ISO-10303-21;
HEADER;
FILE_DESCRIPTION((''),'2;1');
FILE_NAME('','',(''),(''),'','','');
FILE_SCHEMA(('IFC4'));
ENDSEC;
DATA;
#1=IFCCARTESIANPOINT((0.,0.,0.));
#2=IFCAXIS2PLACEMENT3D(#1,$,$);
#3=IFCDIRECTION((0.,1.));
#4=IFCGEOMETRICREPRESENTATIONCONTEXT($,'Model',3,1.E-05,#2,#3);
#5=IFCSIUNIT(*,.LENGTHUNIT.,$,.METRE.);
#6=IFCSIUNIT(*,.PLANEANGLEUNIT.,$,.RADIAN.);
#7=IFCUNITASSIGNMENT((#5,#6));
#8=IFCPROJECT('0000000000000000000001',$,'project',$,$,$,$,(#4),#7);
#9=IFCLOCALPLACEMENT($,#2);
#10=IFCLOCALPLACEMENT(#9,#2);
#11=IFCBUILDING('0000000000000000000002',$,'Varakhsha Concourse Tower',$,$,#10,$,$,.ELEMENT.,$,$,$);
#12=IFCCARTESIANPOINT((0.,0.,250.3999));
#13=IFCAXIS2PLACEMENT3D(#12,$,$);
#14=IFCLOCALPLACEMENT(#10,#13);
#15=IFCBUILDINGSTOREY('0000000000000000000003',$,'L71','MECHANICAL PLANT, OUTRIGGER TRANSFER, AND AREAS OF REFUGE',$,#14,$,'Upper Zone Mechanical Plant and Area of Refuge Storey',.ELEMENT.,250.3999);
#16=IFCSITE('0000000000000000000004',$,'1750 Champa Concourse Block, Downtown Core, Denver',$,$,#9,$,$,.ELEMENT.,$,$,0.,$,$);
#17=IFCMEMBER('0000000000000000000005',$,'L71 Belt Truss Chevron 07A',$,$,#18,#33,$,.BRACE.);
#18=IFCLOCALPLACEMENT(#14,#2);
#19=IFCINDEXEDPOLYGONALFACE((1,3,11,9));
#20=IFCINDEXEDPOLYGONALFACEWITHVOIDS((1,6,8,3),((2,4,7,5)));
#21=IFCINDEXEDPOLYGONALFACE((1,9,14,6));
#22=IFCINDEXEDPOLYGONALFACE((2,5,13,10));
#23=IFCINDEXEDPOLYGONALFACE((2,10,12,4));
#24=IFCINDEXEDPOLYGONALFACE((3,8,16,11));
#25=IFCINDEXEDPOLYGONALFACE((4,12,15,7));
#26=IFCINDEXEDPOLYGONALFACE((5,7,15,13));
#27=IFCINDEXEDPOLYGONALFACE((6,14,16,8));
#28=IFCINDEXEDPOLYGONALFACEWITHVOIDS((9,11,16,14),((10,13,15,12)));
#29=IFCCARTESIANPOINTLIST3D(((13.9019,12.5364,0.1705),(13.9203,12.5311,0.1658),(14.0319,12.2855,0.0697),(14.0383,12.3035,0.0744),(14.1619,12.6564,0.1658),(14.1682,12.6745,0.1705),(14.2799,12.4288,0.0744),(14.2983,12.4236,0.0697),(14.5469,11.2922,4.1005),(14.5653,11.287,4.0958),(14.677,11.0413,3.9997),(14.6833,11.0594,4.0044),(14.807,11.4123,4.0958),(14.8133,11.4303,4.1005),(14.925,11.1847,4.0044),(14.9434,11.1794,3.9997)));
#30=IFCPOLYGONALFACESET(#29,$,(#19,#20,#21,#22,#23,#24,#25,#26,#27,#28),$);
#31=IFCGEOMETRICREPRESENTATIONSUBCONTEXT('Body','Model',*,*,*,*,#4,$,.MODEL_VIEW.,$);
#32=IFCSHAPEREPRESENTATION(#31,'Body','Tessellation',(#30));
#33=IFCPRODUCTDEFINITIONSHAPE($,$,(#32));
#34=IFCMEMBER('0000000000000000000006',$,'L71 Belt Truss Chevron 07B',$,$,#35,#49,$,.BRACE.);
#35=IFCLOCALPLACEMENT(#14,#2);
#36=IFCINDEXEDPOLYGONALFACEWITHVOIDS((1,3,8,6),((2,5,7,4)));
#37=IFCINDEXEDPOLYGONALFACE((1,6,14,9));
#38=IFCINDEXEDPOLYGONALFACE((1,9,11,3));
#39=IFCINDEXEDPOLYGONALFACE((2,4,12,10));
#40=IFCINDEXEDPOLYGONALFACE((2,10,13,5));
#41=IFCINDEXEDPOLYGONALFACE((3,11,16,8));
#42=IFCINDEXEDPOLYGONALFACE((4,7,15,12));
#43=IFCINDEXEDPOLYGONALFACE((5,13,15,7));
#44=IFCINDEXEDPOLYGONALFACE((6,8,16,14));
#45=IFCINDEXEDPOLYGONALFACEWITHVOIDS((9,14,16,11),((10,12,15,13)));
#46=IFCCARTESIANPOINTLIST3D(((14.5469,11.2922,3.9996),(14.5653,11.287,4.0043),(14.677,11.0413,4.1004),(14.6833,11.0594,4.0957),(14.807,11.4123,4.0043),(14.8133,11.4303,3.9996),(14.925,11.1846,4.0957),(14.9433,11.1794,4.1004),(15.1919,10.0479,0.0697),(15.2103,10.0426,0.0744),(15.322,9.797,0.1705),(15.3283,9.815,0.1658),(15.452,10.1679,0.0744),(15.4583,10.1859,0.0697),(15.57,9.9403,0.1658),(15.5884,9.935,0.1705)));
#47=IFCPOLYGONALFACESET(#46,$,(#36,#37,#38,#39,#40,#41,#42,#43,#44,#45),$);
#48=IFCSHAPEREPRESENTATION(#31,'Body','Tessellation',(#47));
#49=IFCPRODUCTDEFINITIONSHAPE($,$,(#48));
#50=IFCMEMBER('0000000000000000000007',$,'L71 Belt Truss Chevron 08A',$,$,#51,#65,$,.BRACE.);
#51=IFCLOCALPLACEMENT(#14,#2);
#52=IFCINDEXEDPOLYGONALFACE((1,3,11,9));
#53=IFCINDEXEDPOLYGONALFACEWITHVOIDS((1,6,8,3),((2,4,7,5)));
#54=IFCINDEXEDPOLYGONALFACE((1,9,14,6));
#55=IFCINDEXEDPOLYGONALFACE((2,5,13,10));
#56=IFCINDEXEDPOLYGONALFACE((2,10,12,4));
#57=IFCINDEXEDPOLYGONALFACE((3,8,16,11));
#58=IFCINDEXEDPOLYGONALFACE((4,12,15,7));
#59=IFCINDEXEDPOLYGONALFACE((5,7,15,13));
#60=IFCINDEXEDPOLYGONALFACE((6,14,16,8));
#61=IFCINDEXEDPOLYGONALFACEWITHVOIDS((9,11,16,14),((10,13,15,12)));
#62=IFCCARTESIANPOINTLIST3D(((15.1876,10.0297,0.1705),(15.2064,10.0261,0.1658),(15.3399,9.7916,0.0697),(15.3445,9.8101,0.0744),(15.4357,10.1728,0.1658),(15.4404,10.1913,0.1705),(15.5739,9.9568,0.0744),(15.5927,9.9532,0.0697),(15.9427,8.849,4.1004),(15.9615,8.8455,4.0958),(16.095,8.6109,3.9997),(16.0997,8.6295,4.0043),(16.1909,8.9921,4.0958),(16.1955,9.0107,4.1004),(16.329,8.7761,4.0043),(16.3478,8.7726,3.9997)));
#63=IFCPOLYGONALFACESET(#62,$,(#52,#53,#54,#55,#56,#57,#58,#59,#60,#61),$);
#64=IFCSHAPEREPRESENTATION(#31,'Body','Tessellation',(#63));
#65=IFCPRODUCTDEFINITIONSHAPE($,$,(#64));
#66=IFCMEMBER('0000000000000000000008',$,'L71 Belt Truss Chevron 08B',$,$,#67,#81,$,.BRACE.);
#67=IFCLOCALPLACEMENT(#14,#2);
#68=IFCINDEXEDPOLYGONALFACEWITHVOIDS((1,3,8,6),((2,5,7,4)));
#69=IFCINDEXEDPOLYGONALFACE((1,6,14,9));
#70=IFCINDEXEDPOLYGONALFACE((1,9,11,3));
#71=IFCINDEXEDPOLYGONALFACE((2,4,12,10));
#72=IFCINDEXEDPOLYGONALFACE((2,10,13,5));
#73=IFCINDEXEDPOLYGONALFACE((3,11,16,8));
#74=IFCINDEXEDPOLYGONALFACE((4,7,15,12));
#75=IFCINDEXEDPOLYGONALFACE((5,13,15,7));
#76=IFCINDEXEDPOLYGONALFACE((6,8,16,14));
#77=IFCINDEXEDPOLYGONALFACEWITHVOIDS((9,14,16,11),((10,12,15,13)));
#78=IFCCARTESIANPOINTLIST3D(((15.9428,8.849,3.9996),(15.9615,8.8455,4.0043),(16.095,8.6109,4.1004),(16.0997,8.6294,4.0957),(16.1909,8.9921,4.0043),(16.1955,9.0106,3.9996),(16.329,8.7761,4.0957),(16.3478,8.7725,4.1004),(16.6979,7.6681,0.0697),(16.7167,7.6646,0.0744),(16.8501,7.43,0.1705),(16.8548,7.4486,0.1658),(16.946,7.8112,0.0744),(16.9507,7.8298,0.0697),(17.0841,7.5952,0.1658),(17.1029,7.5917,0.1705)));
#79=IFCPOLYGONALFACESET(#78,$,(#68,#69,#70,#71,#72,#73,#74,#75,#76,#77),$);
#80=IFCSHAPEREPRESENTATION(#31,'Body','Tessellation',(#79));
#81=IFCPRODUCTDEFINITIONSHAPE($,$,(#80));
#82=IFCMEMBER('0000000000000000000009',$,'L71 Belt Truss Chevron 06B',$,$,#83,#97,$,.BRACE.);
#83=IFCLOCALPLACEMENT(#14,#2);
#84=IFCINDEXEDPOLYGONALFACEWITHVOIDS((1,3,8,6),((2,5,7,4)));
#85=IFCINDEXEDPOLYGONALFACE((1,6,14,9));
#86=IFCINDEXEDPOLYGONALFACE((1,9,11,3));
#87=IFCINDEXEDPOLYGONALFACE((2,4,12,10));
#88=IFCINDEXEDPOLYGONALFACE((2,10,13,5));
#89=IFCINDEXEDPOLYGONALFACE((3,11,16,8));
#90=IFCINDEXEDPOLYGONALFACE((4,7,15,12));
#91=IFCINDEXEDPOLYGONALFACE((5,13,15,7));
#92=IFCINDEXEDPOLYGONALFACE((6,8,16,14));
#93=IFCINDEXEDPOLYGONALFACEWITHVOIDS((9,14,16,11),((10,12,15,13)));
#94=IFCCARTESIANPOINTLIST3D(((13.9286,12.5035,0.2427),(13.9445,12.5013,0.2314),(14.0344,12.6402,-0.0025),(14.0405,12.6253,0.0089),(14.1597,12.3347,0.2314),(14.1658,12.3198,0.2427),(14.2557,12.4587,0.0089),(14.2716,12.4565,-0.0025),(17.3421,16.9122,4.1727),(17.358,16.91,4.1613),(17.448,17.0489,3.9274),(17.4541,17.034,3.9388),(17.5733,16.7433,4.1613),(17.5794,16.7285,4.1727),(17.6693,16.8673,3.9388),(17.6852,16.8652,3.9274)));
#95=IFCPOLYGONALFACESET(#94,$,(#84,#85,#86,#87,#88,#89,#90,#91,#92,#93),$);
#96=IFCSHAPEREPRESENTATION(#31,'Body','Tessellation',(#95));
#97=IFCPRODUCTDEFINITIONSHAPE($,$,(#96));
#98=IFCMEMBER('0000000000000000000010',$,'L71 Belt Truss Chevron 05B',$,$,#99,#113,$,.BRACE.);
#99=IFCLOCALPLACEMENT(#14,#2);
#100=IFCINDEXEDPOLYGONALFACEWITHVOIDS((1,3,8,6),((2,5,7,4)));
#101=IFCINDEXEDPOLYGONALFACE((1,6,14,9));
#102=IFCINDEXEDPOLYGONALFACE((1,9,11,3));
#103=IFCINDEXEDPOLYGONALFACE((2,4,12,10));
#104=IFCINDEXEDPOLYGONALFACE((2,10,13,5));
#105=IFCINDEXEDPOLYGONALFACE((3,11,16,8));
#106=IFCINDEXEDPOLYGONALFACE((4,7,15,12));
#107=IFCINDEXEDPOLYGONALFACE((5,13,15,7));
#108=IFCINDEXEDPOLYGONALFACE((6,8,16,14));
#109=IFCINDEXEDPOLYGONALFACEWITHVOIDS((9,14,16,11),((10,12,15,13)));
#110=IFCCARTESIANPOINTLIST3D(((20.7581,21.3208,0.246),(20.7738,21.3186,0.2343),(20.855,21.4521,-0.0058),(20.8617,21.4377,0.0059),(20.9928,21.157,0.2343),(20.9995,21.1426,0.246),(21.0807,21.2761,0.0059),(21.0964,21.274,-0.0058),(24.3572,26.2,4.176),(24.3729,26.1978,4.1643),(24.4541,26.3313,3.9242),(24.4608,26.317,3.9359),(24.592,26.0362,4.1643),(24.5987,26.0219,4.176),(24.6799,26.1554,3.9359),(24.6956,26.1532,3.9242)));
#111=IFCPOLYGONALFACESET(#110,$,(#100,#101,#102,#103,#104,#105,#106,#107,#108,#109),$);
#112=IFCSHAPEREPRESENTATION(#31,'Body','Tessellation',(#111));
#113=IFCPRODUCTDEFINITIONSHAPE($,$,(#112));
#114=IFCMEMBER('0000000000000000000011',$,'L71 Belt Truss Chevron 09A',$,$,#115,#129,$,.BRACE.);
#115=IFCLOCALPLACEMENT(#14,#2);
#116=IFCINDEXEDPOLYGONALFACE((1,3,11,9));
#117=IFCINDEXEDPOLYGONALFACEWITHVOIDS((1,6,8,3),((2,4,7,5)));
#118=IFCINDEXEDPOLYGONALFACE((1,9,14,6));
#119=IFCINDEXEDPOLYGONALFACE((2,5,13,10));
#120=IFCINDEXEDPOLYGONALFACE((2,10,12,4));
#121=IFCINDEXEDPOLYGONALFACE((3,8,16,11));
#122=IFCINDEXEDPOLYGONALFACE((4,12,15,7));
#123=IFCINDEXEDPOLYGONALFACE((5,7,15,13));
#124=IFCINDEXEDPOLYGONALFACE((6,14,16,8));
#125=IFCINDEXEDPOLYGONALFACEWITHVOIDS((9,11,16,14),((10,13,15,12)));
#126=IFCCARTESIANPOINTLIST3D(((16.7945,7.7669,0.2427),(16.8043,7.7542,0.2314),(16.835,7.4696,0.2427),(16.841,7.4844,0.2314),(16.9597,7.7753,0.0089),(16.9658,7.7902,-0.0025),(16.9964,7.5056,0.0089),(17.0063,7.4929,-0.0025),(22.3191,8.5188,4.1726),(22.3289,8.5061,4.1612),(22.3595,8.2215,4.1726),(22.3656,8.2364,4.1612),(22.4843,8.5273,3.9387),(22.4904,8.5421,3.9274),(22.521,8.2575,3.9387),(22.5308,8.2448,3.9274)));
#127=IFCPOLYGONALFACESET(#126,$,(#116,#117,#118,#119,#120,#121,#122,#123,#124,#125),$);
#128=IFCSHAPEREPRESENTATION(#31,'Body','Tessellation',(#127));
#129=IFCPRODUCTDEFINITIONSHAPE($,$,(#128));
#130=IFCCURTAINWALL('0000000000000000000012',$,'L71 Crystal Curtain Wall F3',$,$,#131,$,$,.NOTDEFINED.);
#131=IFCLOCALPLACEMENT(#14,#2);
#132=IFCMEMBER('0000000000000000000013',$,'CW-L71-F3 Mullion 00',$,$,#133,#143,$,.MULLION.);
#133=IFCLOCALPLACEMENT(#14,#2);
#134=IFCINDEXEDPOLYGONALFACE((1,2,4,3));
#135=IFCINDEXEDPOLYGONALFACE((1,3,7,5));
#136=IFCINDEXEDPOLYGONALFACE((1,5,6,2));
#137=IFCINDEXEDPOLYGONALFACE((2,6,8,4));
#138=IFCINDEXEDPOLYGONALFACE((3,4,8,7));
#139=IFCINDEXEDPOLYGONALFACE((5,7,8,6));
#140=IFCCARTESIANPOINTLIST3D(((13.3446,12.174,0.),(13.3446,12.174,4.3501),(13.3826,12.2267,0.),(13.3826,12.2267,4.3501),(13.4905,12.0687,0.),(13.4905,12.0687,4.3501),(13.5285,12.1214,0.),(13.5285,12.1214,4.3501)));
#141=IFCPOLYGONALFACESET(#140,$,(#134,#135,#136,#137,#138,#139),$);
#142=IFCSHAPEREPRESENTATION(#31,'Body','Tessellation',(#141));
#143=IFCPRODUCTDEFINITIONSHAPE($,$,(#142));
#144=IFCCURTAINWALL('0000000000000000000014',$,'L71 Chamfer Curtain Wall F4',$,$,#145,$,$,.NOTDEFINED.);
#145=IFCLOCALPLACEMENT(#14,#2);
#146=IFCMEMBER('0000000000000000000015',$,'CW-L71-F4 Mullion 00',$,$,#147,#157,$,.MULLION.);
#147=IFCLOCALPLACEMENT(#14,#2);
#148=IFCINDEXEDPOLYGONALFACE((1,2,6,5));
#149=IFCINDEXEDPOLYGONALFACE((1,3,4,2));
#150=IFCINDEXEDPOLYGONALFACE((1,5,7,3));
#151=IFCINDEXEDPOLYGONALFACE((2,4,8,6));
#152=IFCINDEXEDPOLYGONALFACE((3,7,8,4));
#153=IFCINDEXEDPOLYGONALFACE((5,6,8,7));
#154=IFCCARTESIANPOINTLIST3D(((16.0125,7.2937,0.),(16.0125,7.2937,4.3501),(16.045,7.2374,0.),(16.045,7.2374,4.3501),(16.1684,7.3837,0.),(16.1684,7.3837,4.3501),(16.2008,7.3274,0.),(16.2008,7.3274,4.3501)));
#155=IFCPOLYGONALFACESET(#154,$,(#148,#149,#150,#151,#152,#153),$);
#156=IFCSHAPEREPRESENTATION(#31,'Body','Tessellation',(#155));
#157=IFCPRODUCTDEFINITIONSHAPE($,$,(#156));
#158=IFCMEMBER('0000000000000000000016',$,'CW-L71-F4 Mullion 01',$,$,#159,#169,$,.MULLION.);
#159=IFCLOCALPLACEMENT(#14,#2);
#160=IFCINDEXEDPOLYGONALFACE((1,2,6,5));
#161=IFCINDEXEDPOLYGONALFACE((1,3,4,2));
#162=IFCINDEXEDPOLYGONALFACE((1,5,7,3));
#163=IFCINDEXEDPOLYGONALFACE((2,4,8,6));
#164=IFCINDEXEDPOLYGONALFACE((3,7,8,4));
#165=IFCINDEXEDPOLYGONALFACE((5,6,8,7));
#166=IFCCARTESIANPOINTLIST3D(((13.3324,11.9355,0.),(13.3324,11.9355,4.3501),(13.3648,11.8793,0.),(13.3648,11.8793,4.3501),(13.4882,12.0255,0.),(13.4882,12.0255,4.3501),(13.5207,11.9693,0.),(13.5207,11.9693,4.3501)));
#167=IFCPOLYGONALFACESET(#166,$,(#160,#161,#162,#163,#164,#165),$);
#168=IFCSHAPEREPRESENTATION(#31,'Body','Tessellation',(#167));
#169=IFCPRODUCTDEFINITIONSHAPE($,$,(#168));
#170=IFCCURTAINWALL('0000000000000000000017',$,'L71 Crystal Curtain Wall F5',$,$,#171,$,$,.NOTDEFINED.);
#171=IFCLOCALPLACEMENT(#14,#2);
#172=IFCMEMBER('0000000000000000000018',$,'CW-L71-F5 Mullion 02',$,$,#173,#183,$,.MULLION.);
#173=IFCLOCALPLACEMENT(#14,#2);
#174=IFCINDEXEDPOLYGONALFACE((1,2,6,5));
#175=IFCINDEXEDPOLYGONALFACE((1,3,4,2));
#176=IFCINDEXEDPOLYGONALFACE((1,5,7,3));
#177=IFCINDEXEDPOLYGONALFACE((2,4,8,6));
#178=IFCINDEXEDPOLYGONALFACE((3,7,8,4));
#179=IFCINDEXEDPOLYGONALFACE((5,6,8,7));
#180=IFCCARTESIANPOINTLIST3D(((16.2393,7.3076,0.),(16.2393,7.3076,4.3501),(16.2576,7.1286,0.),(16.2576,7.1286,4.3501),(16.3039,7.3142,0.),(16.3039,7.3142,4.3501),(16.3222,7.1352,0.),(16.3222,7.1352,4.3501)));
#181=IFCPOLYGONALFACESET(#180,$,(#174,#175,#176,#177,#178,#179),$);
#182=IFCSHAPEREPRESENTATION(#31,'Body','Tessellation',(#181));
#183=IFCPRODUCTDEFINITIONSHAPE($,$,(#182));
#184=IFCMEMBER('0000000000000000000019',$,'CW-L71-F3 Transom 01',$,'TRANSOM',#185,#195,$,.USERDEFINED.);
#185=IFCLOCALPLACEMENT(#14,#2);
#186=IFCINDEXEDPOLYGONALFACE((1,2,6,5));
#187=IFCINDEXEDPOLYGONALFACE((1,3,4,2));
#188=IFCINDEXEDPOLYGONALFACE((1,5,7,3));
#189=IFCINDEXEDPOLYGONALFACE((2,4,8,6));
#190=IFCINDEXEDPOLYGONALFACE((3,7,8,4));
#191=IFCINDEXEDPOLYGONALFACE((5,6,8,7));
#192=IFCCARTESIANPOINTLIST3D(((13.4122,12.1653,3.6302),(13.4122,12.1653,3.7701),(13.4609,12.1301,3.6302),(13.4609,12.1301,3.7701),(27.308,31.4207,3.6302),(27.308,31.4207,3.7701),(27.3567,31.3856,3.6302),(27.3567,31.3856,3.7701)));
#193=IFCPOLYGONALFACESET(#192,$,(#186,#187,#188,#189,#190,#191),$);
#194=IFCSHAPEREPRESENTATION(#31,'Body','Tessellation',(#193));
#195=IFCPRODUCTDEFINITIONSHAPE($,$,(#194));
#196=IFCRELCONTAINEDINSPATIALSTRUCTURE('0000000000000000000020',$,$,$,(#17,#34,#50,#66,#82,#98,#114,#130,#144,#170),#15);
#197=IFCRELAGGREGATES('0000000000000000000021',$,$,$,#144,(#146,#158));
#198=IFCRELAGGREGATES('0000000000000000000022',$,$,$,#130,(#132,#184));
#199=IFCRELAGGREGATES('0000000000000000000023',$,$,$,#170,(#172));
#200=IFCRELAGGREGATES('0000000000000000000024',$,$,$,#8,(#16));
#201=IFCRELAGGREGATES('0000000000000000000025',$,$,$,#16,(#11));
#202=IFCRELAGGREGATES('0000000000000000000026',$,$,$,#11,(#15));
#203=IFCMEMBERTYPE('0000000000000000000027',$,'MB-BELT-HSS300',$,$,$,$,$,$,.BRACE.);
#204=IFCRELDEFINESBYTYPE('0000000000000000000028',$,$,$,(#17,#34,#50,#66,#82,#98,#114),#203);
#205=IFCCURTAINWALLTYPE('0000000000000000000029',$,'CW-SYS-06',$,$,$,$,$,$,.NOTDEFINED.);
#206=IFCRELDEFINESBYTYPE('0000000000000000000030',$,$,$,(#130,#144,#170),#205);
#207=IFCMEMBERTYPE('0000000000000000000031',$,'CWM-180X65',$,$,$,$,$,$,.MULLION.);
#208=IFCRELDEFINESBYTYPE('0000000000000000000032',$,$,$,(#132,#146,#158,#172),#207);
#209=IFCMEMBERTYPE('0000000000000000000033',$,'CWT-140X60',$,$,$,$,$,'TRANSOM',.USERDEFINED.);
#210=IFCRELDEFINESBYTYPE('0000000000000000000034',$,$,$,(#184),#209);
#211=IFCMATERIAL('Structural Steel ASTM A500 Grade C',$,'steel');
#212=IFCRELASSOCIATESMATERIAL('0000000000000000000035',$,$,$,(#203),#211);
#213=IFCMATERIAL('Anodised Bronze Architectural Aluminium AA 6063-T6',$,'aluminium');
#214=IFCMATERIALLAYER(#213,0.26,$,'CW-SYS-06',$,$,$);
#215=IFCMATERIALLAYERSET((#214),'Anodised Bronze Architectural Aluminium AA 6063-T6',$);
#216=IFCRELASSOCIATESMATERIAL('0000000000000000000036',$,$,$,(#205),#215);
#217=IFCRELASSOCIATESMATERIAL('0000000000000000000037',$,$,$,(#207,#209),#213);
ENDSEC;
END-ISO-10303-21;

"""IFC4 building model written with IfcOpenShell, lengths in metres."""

from ifc_helpers import new_model, si_unit, direction, frame, origin, origin_2d, place, context, subcontext, project, spatial, rectangle, hollow_rectangle, extrude, source, transform, mapped, material, layer, layer_set, material_profile, profile_set, type_object, type_shapes, element, aggregate, save


model = new_model("IFC4")

# Units and contexts
model_context = context("Model", 3, precision=1e-05, world=origin(), true_north=direction((0.0, 1.0)))
body_context = subcontext(model_context, "Body", "Model", "MODEL_VIEW")
ifc_project = project(units=[si_unit("LENGTHUNIT", "METRE"), si_unit("PLANEANGLEUNIT", "RADIAN")], contexts=[model_context])

# Site, building, storey
site_placement = place(None, origin())
site = spatial("IfcSite", under=ifc_project, at=site_placement, Name="1750 Champa Concourse Block, Downtown Core, Denver", CompositionType="ELEMENT", RefElevation=0.0)
building_placement = place(site_placement, origin())
building = spatial("IfcBuilding", under=site, at=building_placement, Name="Varakhsha Concourse Tower", CompositionType="ELEMENT")
storey_placement = place(building_placement, frame((0.0, 0.0, 250.3999)))
storey = spatial("IfcBuildingStorey", under=building, at=storey_placement, Name="L71", Description="MECHANICAL PLANT, OUTRIGGER TRANSFER, AND AREAS OF REFUGE", LongName="Upper Zone Mechanical Plant and Area of Refuge Storey", CompositionType="ELEMENT", Elevation=250.3999)

# Members
ifc_material_1 = material(Name="Structural Steel ASTM A500 Grade C", Category="steel")
ifc_material_profile_1 = material_profile(ifc_material_1, hollow_rectangle(XDim=0.3, YDim=0.3, WallThickness=0.0139, at=origin_2d()), Name="HSS 300x300x14")
ifc_profile_set_1 = profile_set([ifc_material_profile_1], Name="Structural Steel ASTM A500 Grade C")
member_type_1 = type_object("IfcMemberType", Name="MB-BELT-HSS300", PredefinedType="BRACE", material=ifc_profile_set_1)
shared_shape_1 = source(origin(), body_context, "Body", "SweptSolid", [
    extrude(hollow_rectangle(XDim=0.3, YDim=0.3, WallThickness=0.0139, at=origin_2d()), origin(), (0.0, 0.0, 1.0), 4.1724),
])
for number, where, z_axis, x_axis, name in (
    (1, (14.1001, 12.48, 0.1201), (0.154595, -0.298189, 0.941904), (0.887781, 0.460266, 0.0), "L71 Belt Truss Chevron 07A"),
    (2, (15.3901, 9.9915, 0.1201), (-0.154592, 0.298242, 0.941888), (-0.887818, -0.460195, 0.0), "L71 Belt Truss Chevron 07B"),
    (3, (15.3901, 9.9915, 0.1201), (0.180983, -0.282973, 0.941898), (0.842433, 0.538802, 0.0), "L71 Belt Truss Chevron 08A"),
    (4, (16.9004, 7.6299, 0.1201), (-0.18098, 0.283027, 0.941882), (-0.842483, -0.538723, 0.0), "L71 Belt Truss Chevron 08B"),
):
    element("IfcMember", number, at=place(storey_placement, frame(where, z_axis=z_axis, x_axis=x_axis)), inside=storey, type_object=member_type_1, Name=name, PredefinedType="BRACE", context=body_context, shape_type="MappedRepresentation", body=[
        mapped(shared_shape_1, transform((0.0, 0.0, 0.0), scale=1.0)),
    ])
shared_shape_2 = source(origin(), body_context, "Body", "SweptSolid", [
    extrude(hollow_rectangle(XDim=0.3, YDim=0.3, WallThickness=0.0139, at=origin_2d()), origin(), (0.0, 0.0, 1.0), 6.8215),
])
member_1_placement = place(storey_placement, frame((14.1001, 12.48, 0.1201), z_axis=(0.500411, 0.64629, 0.576106), x_axis=(-0.79069, 0.612217, 0.0)))
element("IfcMember", 5, at=member_1_placement, inside=storey, type_object=member_type_1, Name="L71 Belt Truss Chevron 06B", PredefinedType="BRACE", context=body_context, shape_type="MappedRepresentation", body=[
    mapped(shared_shape_2, transform((0.0, 0.0, 0.0), scale=1.0)),
])
shared_shape_3 = source(origin(), body_context, "Body", "SweptSolid", [
    extrude(hollow_rectangle(XDim=0.3, YDim=0.3, WallThickness=0.0139, at=origin_2d()), origin(), (0.0, 0.0, 1.0), 7.2253),
])
member_2_placement = place(storey_placement, frame((20.9272, 21.2974, 0.1201), z_axis=(0.498131, 0.675292, 0.543917), x_axis=(-0.804744, 0.593622, 0.0)))
element("IfcMember", 6, at=member_2_placement, inside=storey, type_object=member_type_1, Name="L71 Belt Truss Chevron 05B", PredefinedType="BRACE", context=body_context, shape_type="MappedRepresentation", body=[
    mapped(shared_shape_3, transform((0.0, 0.0, 0.0), scale=1.0)),
])
shared_shape_4 = source(origin(), body_context, "Body", "SweptSolid", [
    extrude(hollow_rectangle(XDim=0.3, YDim=0.3, WallThickness=0.0139, at=origin_2d()), origin(), (0.0, 0.0, 1.0), 6.8213),
])
type_shapes(member_type_1, [shared_shape_1, shared_shape_2, shared_shape_3, shared_shape_4])
member_3_placement = place(storey_placement, frame((16.9004, 7.6299, 0.1201), z_axis=(0.8099, 0.110234, 0.576117), x_axis=(-0.134865, 0.990864, 0.0)))
element("IfcMember", 7, at=member_3_placement, inside=storey, type_object=member_type_1, Name="L71 Belt Truss Chevron 09A", PredefinedType="BRACE", context=body_context, shape_type="MappedRepresentation", body=[
    mapped(shared_shape_4, transform((0.0, 0.0, 0.0), scale=1.0)),
])

# Curtain wall, member
ifc_material_2 = material(Name="Anodised Bronze Architectural Aluminium AA 6063-T6", Category="aluminium")
ifc_layer_1 = layer(ifc_material_2, 0.26, Name="CW-SYS-06")
ifc_layer_set_1 = layer_set([ifc_layer_1], Name="Anodised Bronze Architectural Aluminium AA 6063-T6")
curtain_wall_type = type_object("IfcCurtainWallType", Name="CW-SYS-06", PredefinedType="NOTDEFINED", material=ifc_layer_set_1)
curtain_wall_1_placement = place(storey_placement, origin())
curtain_wall_1 = element("IfcCurtainWall", 8, at=curtain_wall_1_placement, inside=storey, type_object=curtain_wall_type, Name="L71 Crystal Curtain Wall F3", PredefinedType="NOTDEFINED")
ifc_material_profile_2 = material_profile(ifc_material_2, rectangle(XDim=0.0649, YDim=0.1799, at=origin_2d()), Name="CWM-180X65")
ifc_profile_set_2 = profile_set([ifc_material_profile_2], Name="Anodised Bronze Architectural Aluminium AA 6063-T6")
member_type_2 = type_object("IfcMemberType", Name="CWM-180X65", PredefinedType="MULLION", material=ifc_profile_set_2)
shared_shape_5 = source(origin(), body_context, "Body", "SweptSolid", [
    extrude(rectangle(XDim=0.0649, YDim=0.1799, at=origin_2d()), origin(), (0.0, 0.0, 1.0), 4.3501),
])
type_shapes(member_type_2, [shared_shape_5])
member_4_placement = place(storey_placement, frame((13.4365, 12.1477, 0.0), z_axis=(0.0, 0.0, 1.0), x_axis=(0.585187, 0.810898, 0.0)))
member_4 = element("IfcMember", 9, at=member_4_placement, type_object=member_type_2, Name="CW-L71-F3 Mullion 00", PredefinedType="MULLION", context=body_context, shape_type="MappedRepresentation", body=[
    mapped(shared_shape_5, transform((0.0, 0.0, 0.0), scale=1.0)),
])

# Curtain wall, members
curtain_wall_2_placement = place(storey_placement, origin())
curtain_wall_2 = element("IfcCurtainWall", 10, at=curtain_wall_2_placement, inside=storey, type_object=curtain_wall_type, Name="L71 Chamfer Curtain Wall F4", PredefinedType="NOTDEFINED")
member_5_placement = place(storey_placement, frame((16.1067, 7.3105, 0.0), z_axis=(0.0, 0.0, 1.0), x_axis=(-0.5, 0.866025, 0.0)))
member_5 = element("IfcMember", 11, at=member_5_placement, type_object=member_type_2, Name="CW-L71-F4 Mullion 00", PredefinedType="MULLION", context=body_context, shape_type="MappedRepresentation", body=[
    mapped(shared_shape_5, transform((0.0, 0.0, 0.0), scale=1.0)),
])
member_6_placement = place(storey_placement, frame((13.4265, 11.9524, 0.0), z_axis=(0.0, 0.0, 1.0), x_axis=(-0.5, 0.866025, 0.0)))
member_6 = element("IfcMember", 12, at=member_6_placement, type_object=member_type_2, Name="CW-L71-F4 Mullion 01", PredefinedType="MULLION", context=body_context, shape_type="MappedRepresentation", body=[
    mapped(shared_shape_5, transform((0.0, 0.0, 0.0), scale=1.0)),
])

# Curtain wall, member
curtain_wall_3_placement = place(storey_placement, origin())
curtain_wall_3 = element("IfcCurtainWall", 13, at=curtain_wall_3_placement, inside=storey, type_object=curtain_wall_type, Name="L71 Crystal Curtain Wall F5", PredefinedType="NOTDEFINED")
member_7_placement = place(storey_placement, frame((16.2808, 7.2214, 0.0), z_axis=(0.0, 0.0, 1.0), x_axis=(-0.994852, -0.101336, 0.0)))
member_7 = element("IfcMember", 14, at=member_7_placement, type_object=member_type_2, Name="CW-L71-F5 Mullion 02", PredefinedType="MULLION", context=body_context, shape_type="MappedRepresentation", body=[
    mapped(shared_shape_5, transform((0.0, 0.0, 0.0), scale=1.0)),
])

# Member
ifc_material_profile_3 = material_profile(ifc_material_2, rectangle(XDim=0.0601, YDim=0.1399, at=origin_2d()), Name="CWT-140X60")
ifc_profile_set_3 = profile_set([ifc_material_profile_3], Name="Anodised Bronze Architectural Aluminium AA 6063-T6")
member_type_3 = type_object("IfcMemberType", Name="CWT-140X60", ElementType="TRANSOM", PredefinedType="USERDEFINED", material=ifc_profile_set_3)
shared_shape_6 = source(origin(), body_context, "Body", "SweptSolid", [
    extrude(rectangle(XDim=0.0601, YDim=0.1399, at=origin_2d()), origin(), (0.0, 0.0, 1.0), 23.7458),
])
member_8_placement = place(storey_placement, frame((13.4365, 12.1477, 3.7002), z_axis=(0.585189, 0.810897, 0.0), x_axis=(-0.810897, 0.585189, 0.0)))
member_8 = element("IfcMember", 15, at=member_8_placement, type_object=member_type_3, Name="CW-L71-F3 Transom 01", ObjectType="TRANSOM", PredefinedType="USERDEFINED", context=body_context, shape_type="MappedRepresentation", body=[
    mapped(shared_shape_6, transform((0.0, 0.0, 0.0), scale=1.0)),
])

aggregate(curtain_wall_2, [member_5, member_6])
aggregate(curtain_wall_1, [member_4, member_8])
aggregate(curtain_wall_3, [member_7])

save(model, "model.ifc")
